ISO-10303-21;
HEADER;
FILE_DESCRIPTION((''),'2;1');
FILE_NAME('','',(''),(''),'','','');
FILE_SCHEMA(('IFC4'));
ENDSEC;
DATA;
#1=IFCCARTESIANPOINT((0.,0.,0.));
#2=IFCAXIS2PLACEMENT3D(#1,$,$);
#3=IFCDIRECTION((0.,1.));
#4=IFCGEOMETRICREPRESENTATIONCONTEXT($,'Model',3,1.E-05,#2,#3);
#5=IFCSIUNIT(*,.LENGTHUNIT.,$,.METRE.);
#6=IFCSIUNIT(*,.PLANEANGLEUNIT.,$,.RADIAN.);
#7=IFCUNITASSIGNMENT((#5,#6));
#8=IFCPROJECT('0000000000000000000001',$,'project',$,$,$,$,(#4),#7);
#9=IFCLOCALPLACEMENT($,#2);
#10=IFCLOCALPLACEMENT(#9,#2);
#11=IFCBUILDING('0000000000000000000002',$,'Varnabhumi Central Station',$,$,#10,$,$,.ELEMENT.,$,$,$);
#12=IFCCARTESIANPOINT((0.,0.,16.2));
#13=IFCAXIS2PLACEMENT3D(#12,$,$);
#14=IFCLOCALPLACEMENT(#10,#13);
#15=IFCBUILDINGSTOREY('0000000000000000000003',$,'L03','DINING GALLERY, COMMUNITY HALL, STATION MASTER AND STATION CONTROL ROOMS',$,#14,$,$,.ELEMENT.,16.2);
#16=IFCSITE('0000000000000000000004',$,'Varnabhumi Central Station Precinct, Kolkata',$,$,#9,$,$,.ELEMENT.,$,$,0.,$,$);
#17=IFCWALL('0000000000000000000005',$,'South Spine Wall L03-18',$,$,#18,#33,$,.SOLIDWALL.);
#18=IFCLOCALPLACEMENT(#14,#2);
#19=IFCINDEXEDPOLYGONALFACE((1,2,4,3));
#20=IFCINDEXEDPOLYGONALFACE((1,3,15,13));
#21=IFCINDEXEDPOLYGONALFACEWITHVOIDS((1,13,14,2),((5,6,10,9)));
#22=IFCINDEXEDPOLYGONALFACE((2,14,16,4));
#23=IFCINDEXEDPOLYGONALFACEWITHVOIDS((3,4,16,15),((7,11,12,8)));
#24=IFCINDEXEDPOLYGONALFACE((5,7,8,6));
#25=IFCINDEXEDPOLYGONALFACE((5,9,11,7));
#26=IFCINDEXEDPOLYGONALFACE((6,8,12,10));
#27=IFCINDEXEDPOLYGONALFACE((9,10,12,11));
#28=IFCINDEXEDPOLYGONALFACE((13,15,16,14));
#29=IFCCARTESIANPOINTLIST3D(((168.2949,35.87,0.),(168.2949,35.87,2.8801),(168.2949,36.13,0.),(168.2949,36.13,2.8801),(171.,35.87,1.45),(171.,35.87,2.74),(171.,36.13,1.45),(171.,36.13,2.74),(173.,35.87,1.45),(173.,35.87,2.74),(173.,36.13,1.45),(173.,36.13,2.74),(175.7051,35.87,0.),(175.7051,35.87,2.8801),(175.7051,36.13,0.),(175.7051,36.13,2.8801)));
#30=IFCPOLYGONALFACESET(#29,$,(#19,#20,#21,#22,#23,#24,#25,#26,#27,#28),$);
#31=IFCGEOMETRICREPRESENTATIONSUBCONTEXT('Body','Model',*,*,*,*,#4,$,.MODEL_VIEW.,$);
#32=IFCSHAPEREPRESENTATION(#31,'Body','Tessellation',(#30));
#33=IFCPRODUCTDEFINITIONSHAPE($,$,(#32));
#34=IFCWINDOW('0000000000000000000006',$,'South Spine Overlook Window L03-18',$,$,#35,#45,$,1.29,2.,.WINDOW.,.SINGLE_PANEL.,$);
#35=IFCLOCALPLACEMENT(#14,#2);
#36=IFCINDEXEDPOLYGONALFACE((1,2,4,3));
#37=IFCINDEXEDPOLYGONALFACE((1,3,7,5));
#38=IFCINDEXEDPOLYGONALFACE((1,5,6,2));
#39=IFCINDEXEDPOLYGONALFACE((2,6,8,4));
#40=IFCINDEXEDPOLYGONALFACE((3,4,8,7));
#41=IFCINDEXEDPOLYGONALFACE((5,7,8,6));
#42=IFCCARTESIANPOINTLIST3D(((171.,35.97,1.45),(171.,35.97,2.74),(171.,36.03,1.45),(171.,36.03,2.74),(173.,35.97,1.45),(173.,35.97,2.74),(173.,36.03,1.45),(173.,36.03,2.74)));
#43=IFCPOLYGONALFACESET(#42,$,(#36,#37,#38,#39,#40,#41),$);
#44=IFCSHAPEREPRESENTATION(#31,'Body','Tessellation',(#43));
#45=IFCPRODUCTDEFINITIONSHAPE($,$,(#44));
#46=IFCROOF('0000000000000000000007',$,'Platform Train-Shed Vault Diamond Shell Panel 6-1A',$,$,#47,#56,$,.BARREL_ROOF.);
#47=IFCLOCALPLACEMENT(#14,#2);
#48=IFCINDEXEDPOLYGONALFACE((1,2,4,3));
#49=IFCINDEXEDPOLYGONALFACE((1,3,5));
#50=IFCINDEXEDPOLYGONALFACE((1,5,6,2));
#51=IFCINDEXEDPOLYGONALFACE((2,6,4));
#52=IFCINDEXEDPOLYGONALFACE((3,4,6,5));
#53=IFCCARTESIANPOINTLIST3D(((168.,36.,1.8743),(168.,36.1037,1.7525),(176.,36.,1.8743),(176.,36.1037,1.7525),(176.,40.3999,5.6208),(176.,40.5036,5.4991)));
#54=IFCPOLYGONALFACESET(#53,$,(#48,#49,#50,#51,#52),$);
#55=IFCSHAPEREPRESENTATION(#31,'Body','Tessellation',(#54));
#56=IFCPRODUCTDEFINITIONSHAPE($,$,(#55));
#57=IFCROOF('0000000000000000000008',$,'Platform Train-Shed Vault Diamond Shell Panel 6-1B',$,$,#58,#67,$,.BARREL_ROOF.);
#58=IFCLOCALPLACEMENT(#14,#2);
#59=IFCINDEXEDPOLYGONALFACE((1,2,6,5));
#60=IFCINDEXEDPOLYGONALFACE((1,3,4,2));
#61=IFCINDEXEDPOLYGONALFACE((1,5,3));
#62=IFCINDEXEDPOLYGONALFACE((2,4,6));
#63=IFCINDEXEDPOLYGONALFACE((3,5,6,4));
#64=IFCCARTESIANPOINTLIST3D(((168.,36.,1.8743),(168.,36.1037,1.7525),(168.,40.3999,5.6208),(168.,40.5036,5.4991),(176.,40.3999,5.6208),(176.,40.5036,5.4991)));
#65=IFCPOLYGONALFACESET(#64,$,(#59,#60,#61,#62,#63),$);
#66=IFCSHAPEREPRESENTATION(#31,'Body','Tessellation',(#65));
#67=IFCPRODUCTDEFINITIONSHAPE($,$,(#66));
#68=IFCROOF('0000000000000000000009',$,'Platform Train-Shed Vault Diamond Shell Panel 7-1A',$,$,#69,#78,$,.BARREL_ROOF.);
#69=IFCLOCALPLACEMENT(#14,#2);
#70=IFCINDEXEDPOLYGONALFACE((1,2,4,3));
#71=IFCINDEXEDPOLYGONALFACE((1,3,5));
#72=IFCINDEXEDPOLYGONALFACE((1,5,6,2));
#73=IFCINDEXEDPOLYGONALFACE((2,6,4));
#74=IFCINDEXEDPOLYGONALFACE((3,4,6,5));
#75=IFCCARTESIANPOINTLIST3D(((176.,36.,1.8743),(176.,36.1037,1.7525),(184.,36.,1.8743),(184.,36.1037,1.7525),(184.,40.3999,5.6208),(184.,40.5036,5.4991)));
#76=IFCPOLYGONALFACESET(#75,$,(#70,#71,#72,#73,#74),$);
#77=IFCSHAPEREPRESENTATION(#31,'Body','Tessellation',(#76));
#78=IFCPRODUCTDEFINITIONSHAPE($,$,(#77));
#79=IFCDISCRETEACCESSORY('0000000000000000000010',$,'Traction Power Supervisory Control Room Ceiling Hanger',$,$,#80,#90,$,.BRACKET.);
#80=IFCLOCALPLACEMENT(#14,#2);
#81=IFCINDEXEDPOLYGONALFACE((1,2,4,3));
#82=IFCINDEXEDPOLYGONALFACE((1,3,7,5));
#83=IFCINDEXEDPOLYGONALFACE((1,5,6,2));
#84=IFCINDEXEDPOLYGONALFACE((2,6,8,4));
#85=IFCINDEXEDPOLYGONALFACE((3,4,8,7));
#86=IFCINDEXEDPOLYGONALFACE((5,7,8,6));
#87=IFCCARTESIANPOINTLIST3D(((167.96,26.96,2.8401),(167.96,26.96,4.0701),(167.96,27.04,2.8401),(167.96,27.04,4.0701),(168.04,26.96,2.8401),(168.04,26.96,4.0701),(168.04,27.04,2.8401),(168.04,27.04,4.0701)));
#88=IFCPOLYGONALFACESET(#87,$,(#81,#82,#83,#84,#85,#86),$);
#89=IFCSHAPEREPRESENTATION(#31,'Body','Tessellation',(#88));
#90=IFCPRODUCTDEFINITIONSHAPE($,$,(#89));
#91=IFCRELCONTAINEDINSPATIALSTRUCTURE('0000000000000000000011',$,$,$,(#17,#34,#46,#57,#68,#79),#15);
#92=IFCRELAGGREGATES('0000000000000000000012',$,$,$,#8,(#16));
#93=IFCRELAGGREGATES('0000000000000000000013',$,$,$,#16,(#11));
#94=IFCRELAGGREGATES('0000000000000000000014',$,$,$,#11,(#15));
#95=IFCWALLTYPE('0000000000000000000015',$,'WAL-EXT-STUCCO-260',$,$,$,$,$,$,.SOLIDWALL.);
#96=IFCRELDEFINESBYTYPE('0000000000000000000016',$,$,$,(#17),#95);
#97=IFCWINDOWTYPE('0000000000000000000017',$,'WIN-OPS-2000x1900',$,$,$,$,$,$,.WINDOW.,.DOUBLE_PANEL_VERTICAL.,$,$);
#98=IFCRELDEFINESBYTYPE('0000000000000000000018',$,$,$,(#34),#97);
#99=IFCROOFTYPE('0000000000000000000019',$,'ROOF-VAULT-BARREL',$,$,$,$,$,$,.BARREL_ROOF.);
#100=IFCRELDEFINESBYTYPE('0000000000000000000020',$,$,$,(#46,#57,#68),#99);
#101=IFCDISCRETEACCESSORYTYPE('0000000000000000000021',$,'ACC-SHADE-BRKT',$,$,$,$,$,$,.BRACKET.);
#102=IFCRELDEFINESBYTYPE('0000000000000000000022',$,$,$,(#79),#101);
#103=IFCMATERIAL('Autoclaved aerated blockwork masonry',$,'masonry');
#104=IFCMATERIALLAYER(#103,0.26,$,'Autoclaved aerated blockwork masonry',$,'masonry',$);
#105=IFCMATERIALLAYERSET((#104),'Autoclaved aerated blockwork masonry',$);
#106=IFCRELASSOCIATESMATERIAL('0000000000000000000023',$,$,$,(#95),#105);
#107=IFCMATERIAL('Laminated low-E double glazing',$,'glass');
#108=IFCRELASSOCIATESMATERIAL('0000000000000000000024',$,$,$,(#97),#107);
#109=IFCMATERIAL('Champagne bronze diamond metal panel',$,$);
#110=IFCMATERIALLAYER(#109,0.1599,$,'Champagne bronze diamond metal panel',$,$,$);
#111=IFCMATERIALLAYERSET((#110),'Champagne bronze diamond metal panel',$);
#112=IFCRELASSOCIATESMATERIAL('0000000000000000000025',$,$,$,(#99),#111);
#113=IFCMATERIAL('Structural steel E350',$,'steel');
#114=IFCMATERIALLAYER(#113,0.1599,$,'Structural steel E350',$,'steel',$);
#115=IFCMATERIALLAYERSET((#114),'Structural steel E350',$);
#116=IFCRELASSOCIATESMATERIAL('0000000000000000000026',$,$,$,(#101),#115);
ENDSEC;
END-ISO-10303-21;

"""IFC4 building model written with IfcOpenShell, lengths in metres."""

from ifc_helpers import new_model, si_unit, direction, frame, frame_2d, origin, origin_2d, place, context, subcontext, project, spatial, polyline, rectangle, outline, extrude, material, layer, layer_set, type_object, element, fill, save


model = new_model("IFC4")

# Units and contexts
model_context = context("Model", 3, precision=1e-05, world=origin(), true_north=direction((0.0, 1.0)))
body_context = subcontext(model_context, "Body", "Model", "MODEL_VIEW")
ifc_project = project(units=[si_unit("LENGTHUNIT", "METRE"), si_unit("PLANEANGLEUNIT", "RADIAN")], contexts=[model_context])

# Site, building, storey
site_placement = place(None, origin())
site = spatial("IfcSite", under=ifc_project, at=site_placement, Name="Varnabhumi Central Station Precinct, Kolkata", CompositionType="ELEMENT", RefElevation=0.0)
building_placement = place(site_placement, origin())
building = spatial("IfcBuilding", under=site, at=building_placement, Name="Varnabhumi Central Station", CompositionType="ELEMENT")
storey_placement = place(building_placement, frame((0.0, 0.0, 16.2)))
storey = spatial("IfcBuildingStorey", under=building, at=storey_placement, Name="L03", Description="DINING GALLERY, COMMUNITY HALL, STATION MASTER AND STATION CONTROL ROOMS", CompositionType="ELEMENT", Elevation=16.2)

# Shared definitions
ifc_material_1 = material(Name="Structural steel E350", Category="steel")

# Wall, opening, window
ifc_material_2 = material(Name="Autoclaved aerated blockwork masonry", Category="masonry")
ifc_layer_1 = layer(ifc_material_2, 0.26, Name="Autoclaved aerated blockwork masonry", Category="masonry")
ifc_layer_set_1 = layer_set([ifc_layer_1], Name="Autoclaved aerated blockwork masonry")
wall_type = type_object("IfcWallType", Name="WAL-EXT-STUCCO-260", PredefinedType="SOLIDWALL", material=ifc_layer_set_1)
ifc_material_3 = material(Name="Laminated low-E double glazing", Category="glass")
window_type = type_object("IfcWindowType", Name="WIN-OPS-2000x1900", PartitioningType="DOUBLE_PANEL_VERTICAL", PredefinedType="WINDOW", material=ifc_material_3)
wall_1_placement = place(storey_placement, frame((168.2949, 36.0, 0.0), z_axis=(0.0, 0.0, 1.0), x_axis=(1.0, 0.0, 0.0)))
wall_1 = element("IfcWall", 1, at=wall_1_placement, inside=storey, type_object=wall_type, Name="South Spine Wall L03-18", PredefinedType="SOLIDWALL", context=body_context, shape_type="SweptSolid", body=[
    extrude(rectangle(XDim=7.4102, YDim=0.26, at=frame_2d((3.7051, 0.0))), origin(), (0.0, 0.0, 1.0), 2.8801),
])
opening_1_placement = place(wall_1_placement, frame((2.7051, 0.0, 1.45)))
opening_1 = element("IfcOpeningElement", 2, at=opening_1_placement, cuts=wall_1, PredefinedType="OPENING", context=body_context, shape_type="SweptSolid", body=[
    extrude(rectangle(XDim=2.0, YDim=1.29, at=frame_2d((1.0, 0.645))), frame((0.0, 0.1399, 0.0), z_axis=(0.0, -1.0, 0.0), x_axis=(1.0, 0.0, 0.0)), (0.0, 0.0, 1.0), 0.28),
])
window_1_placement = place(opening_1_placement, origin())
window_1 = element("IfcWindow", 3, at=window_1_placement, inside=storey, type_object=window_type, Name="South Spine Overlook Window L03-18", OverallHeight=1.29, OverallWidth=2.0, PartitioningType="SINGLE_PANEL", PredefinedType="WINDOW", context=body_context, shape_type="SweptSolid", body=[
    extrude(rectangle(XDim=2.0, YDim=1.29, at=frame_2d((1.0, 0.645))), frame((0.0, 0.03, 0.0), z_axis=(0.0, -1.0, 0.0), x_axis=(1.0, 0.0, 0.0)), (0.0, 0.0, 1.0), 0.0601),
])
fill(opening_1, window_1)

# Roofs
ifc_material_4 = material(Name="Champagne bronze diamond metal panel")
ifc_layer_2 = layer(ifc_material_4, 0.1599, Name="Champagne bronze diamond metal panel")
ifc_layer_set_2 = layer_set([ifc_layer_2], Name="Champagne bronze diamond metal panel")
roof_type = type_object("IfcRoofType", Name="ROOF-VAULT-BARREL", PredefinedType="BARREL_ROOF", material=ifc_layer_set_2)
roof_1_placement = place(storey_placement, frame((168.0, 36.0, 1.8743), z_axis=(0.0, -0.648318, 0.76137), x_axis=(1.0, 0.0, 0.0)))
element("IfcRoof", 4, at=roof_1_placement, inside=storey, type_object=roof_type, Name="Platform Train-Shed Vault Diamond Shell Panel 6-1A", PredefinedType="BARREL_ROOF", context=body_context, shape_type="SweptSolid", body=[
    extrude(outline(polyline([(0.0, 0.0), (8.0, 0.0), (8.0, 5.7789), (0.0, 0.0)])), origin(), (0.0, 0.0, -1.0), 0.1599),
])
roof_2_placement = place(storey_placement, frame((168.0, 36.0, 1.8743), z_axis=(0.0, -0.648318, 0.76137), x_axis=(0.810624, 0.445833, 0.379634)))
element("IfcRoof", 5, at=roof_2_placement, inside=storey, type_object=roof_type, Name="Platform Train-Shed Vault Diamond Shell Panel 6-1B", PredefinedType="BARREL_ROOF", context=body_context, shape_type="SweptSolid", body=[
    extrude(outline(polyline([(0.0, 0.0), (9.8689, 0.0), (3.384, 4.6845), (0.0, 0.0)])), origin(), (0.0, 0.0, -1.0), 0.1599),
])
roof_3_placement = place(storey_placement, frame((176.0, 36.0, 1.8743), z_axis=(0.0, -0.648318, 0.76137), x_axis=(1.0, 0.0, 0.0)))
element("IfcRoof", 6, at=roof_3_placement, inside=storey, type_object=roof_type, Name="Platform Train-Shed Vault Diamond Shell Panel 7-1A", PredefinedType="BARREL_ROOF", context=body_context, shape_type="SweptSolid", body=[
    extrude(outline(polyline([(0.0, 0.0), (8.0, 0.0), (8.0, 5.7789), (0.0, 0.0)])), origin(), (0.0, 0.0, -1.0), 0.1599),
])

# Discrete accessory
ifc_layer_3 = layer(ifc_material_1, 0.1599, Name="Structural steel E350", Category="steel")
ifc_layer_set_3 = layer_set([ifc_layer_3], Name="Structural steel E350")
discrete_accessory_type = type_object("IfcDiscreteAccessoryType", Name="ACC-SHADE-BRKT", PredefinedType="BRACKET", material=ifc_layer_set_3)
discrete_accessory_placement = place(storey_placement, frame((168.0, 27.0, 2.8401), z_axis=(0.0, 0.0, 1.0), x_axis=(1.0, 0.0, 0.0)))
element("IfcDiscreteAccessory", 7, at=discrete_accessory_placement, inside=storey, type_object=discrete_accessory_type, Name="Traction Power Supervisory Control Room Ceiling Hanger", PredefinedType="BRACKET", context=body_context, shape_type="SweptSolid", body=[
    extrude(rectangle(XDim=0.0801, YDim=0.0801, at=origin_2d()), origin(), (0.0, 0.0, 1.0), 1.23),
])

save(model, "model.ifc")
